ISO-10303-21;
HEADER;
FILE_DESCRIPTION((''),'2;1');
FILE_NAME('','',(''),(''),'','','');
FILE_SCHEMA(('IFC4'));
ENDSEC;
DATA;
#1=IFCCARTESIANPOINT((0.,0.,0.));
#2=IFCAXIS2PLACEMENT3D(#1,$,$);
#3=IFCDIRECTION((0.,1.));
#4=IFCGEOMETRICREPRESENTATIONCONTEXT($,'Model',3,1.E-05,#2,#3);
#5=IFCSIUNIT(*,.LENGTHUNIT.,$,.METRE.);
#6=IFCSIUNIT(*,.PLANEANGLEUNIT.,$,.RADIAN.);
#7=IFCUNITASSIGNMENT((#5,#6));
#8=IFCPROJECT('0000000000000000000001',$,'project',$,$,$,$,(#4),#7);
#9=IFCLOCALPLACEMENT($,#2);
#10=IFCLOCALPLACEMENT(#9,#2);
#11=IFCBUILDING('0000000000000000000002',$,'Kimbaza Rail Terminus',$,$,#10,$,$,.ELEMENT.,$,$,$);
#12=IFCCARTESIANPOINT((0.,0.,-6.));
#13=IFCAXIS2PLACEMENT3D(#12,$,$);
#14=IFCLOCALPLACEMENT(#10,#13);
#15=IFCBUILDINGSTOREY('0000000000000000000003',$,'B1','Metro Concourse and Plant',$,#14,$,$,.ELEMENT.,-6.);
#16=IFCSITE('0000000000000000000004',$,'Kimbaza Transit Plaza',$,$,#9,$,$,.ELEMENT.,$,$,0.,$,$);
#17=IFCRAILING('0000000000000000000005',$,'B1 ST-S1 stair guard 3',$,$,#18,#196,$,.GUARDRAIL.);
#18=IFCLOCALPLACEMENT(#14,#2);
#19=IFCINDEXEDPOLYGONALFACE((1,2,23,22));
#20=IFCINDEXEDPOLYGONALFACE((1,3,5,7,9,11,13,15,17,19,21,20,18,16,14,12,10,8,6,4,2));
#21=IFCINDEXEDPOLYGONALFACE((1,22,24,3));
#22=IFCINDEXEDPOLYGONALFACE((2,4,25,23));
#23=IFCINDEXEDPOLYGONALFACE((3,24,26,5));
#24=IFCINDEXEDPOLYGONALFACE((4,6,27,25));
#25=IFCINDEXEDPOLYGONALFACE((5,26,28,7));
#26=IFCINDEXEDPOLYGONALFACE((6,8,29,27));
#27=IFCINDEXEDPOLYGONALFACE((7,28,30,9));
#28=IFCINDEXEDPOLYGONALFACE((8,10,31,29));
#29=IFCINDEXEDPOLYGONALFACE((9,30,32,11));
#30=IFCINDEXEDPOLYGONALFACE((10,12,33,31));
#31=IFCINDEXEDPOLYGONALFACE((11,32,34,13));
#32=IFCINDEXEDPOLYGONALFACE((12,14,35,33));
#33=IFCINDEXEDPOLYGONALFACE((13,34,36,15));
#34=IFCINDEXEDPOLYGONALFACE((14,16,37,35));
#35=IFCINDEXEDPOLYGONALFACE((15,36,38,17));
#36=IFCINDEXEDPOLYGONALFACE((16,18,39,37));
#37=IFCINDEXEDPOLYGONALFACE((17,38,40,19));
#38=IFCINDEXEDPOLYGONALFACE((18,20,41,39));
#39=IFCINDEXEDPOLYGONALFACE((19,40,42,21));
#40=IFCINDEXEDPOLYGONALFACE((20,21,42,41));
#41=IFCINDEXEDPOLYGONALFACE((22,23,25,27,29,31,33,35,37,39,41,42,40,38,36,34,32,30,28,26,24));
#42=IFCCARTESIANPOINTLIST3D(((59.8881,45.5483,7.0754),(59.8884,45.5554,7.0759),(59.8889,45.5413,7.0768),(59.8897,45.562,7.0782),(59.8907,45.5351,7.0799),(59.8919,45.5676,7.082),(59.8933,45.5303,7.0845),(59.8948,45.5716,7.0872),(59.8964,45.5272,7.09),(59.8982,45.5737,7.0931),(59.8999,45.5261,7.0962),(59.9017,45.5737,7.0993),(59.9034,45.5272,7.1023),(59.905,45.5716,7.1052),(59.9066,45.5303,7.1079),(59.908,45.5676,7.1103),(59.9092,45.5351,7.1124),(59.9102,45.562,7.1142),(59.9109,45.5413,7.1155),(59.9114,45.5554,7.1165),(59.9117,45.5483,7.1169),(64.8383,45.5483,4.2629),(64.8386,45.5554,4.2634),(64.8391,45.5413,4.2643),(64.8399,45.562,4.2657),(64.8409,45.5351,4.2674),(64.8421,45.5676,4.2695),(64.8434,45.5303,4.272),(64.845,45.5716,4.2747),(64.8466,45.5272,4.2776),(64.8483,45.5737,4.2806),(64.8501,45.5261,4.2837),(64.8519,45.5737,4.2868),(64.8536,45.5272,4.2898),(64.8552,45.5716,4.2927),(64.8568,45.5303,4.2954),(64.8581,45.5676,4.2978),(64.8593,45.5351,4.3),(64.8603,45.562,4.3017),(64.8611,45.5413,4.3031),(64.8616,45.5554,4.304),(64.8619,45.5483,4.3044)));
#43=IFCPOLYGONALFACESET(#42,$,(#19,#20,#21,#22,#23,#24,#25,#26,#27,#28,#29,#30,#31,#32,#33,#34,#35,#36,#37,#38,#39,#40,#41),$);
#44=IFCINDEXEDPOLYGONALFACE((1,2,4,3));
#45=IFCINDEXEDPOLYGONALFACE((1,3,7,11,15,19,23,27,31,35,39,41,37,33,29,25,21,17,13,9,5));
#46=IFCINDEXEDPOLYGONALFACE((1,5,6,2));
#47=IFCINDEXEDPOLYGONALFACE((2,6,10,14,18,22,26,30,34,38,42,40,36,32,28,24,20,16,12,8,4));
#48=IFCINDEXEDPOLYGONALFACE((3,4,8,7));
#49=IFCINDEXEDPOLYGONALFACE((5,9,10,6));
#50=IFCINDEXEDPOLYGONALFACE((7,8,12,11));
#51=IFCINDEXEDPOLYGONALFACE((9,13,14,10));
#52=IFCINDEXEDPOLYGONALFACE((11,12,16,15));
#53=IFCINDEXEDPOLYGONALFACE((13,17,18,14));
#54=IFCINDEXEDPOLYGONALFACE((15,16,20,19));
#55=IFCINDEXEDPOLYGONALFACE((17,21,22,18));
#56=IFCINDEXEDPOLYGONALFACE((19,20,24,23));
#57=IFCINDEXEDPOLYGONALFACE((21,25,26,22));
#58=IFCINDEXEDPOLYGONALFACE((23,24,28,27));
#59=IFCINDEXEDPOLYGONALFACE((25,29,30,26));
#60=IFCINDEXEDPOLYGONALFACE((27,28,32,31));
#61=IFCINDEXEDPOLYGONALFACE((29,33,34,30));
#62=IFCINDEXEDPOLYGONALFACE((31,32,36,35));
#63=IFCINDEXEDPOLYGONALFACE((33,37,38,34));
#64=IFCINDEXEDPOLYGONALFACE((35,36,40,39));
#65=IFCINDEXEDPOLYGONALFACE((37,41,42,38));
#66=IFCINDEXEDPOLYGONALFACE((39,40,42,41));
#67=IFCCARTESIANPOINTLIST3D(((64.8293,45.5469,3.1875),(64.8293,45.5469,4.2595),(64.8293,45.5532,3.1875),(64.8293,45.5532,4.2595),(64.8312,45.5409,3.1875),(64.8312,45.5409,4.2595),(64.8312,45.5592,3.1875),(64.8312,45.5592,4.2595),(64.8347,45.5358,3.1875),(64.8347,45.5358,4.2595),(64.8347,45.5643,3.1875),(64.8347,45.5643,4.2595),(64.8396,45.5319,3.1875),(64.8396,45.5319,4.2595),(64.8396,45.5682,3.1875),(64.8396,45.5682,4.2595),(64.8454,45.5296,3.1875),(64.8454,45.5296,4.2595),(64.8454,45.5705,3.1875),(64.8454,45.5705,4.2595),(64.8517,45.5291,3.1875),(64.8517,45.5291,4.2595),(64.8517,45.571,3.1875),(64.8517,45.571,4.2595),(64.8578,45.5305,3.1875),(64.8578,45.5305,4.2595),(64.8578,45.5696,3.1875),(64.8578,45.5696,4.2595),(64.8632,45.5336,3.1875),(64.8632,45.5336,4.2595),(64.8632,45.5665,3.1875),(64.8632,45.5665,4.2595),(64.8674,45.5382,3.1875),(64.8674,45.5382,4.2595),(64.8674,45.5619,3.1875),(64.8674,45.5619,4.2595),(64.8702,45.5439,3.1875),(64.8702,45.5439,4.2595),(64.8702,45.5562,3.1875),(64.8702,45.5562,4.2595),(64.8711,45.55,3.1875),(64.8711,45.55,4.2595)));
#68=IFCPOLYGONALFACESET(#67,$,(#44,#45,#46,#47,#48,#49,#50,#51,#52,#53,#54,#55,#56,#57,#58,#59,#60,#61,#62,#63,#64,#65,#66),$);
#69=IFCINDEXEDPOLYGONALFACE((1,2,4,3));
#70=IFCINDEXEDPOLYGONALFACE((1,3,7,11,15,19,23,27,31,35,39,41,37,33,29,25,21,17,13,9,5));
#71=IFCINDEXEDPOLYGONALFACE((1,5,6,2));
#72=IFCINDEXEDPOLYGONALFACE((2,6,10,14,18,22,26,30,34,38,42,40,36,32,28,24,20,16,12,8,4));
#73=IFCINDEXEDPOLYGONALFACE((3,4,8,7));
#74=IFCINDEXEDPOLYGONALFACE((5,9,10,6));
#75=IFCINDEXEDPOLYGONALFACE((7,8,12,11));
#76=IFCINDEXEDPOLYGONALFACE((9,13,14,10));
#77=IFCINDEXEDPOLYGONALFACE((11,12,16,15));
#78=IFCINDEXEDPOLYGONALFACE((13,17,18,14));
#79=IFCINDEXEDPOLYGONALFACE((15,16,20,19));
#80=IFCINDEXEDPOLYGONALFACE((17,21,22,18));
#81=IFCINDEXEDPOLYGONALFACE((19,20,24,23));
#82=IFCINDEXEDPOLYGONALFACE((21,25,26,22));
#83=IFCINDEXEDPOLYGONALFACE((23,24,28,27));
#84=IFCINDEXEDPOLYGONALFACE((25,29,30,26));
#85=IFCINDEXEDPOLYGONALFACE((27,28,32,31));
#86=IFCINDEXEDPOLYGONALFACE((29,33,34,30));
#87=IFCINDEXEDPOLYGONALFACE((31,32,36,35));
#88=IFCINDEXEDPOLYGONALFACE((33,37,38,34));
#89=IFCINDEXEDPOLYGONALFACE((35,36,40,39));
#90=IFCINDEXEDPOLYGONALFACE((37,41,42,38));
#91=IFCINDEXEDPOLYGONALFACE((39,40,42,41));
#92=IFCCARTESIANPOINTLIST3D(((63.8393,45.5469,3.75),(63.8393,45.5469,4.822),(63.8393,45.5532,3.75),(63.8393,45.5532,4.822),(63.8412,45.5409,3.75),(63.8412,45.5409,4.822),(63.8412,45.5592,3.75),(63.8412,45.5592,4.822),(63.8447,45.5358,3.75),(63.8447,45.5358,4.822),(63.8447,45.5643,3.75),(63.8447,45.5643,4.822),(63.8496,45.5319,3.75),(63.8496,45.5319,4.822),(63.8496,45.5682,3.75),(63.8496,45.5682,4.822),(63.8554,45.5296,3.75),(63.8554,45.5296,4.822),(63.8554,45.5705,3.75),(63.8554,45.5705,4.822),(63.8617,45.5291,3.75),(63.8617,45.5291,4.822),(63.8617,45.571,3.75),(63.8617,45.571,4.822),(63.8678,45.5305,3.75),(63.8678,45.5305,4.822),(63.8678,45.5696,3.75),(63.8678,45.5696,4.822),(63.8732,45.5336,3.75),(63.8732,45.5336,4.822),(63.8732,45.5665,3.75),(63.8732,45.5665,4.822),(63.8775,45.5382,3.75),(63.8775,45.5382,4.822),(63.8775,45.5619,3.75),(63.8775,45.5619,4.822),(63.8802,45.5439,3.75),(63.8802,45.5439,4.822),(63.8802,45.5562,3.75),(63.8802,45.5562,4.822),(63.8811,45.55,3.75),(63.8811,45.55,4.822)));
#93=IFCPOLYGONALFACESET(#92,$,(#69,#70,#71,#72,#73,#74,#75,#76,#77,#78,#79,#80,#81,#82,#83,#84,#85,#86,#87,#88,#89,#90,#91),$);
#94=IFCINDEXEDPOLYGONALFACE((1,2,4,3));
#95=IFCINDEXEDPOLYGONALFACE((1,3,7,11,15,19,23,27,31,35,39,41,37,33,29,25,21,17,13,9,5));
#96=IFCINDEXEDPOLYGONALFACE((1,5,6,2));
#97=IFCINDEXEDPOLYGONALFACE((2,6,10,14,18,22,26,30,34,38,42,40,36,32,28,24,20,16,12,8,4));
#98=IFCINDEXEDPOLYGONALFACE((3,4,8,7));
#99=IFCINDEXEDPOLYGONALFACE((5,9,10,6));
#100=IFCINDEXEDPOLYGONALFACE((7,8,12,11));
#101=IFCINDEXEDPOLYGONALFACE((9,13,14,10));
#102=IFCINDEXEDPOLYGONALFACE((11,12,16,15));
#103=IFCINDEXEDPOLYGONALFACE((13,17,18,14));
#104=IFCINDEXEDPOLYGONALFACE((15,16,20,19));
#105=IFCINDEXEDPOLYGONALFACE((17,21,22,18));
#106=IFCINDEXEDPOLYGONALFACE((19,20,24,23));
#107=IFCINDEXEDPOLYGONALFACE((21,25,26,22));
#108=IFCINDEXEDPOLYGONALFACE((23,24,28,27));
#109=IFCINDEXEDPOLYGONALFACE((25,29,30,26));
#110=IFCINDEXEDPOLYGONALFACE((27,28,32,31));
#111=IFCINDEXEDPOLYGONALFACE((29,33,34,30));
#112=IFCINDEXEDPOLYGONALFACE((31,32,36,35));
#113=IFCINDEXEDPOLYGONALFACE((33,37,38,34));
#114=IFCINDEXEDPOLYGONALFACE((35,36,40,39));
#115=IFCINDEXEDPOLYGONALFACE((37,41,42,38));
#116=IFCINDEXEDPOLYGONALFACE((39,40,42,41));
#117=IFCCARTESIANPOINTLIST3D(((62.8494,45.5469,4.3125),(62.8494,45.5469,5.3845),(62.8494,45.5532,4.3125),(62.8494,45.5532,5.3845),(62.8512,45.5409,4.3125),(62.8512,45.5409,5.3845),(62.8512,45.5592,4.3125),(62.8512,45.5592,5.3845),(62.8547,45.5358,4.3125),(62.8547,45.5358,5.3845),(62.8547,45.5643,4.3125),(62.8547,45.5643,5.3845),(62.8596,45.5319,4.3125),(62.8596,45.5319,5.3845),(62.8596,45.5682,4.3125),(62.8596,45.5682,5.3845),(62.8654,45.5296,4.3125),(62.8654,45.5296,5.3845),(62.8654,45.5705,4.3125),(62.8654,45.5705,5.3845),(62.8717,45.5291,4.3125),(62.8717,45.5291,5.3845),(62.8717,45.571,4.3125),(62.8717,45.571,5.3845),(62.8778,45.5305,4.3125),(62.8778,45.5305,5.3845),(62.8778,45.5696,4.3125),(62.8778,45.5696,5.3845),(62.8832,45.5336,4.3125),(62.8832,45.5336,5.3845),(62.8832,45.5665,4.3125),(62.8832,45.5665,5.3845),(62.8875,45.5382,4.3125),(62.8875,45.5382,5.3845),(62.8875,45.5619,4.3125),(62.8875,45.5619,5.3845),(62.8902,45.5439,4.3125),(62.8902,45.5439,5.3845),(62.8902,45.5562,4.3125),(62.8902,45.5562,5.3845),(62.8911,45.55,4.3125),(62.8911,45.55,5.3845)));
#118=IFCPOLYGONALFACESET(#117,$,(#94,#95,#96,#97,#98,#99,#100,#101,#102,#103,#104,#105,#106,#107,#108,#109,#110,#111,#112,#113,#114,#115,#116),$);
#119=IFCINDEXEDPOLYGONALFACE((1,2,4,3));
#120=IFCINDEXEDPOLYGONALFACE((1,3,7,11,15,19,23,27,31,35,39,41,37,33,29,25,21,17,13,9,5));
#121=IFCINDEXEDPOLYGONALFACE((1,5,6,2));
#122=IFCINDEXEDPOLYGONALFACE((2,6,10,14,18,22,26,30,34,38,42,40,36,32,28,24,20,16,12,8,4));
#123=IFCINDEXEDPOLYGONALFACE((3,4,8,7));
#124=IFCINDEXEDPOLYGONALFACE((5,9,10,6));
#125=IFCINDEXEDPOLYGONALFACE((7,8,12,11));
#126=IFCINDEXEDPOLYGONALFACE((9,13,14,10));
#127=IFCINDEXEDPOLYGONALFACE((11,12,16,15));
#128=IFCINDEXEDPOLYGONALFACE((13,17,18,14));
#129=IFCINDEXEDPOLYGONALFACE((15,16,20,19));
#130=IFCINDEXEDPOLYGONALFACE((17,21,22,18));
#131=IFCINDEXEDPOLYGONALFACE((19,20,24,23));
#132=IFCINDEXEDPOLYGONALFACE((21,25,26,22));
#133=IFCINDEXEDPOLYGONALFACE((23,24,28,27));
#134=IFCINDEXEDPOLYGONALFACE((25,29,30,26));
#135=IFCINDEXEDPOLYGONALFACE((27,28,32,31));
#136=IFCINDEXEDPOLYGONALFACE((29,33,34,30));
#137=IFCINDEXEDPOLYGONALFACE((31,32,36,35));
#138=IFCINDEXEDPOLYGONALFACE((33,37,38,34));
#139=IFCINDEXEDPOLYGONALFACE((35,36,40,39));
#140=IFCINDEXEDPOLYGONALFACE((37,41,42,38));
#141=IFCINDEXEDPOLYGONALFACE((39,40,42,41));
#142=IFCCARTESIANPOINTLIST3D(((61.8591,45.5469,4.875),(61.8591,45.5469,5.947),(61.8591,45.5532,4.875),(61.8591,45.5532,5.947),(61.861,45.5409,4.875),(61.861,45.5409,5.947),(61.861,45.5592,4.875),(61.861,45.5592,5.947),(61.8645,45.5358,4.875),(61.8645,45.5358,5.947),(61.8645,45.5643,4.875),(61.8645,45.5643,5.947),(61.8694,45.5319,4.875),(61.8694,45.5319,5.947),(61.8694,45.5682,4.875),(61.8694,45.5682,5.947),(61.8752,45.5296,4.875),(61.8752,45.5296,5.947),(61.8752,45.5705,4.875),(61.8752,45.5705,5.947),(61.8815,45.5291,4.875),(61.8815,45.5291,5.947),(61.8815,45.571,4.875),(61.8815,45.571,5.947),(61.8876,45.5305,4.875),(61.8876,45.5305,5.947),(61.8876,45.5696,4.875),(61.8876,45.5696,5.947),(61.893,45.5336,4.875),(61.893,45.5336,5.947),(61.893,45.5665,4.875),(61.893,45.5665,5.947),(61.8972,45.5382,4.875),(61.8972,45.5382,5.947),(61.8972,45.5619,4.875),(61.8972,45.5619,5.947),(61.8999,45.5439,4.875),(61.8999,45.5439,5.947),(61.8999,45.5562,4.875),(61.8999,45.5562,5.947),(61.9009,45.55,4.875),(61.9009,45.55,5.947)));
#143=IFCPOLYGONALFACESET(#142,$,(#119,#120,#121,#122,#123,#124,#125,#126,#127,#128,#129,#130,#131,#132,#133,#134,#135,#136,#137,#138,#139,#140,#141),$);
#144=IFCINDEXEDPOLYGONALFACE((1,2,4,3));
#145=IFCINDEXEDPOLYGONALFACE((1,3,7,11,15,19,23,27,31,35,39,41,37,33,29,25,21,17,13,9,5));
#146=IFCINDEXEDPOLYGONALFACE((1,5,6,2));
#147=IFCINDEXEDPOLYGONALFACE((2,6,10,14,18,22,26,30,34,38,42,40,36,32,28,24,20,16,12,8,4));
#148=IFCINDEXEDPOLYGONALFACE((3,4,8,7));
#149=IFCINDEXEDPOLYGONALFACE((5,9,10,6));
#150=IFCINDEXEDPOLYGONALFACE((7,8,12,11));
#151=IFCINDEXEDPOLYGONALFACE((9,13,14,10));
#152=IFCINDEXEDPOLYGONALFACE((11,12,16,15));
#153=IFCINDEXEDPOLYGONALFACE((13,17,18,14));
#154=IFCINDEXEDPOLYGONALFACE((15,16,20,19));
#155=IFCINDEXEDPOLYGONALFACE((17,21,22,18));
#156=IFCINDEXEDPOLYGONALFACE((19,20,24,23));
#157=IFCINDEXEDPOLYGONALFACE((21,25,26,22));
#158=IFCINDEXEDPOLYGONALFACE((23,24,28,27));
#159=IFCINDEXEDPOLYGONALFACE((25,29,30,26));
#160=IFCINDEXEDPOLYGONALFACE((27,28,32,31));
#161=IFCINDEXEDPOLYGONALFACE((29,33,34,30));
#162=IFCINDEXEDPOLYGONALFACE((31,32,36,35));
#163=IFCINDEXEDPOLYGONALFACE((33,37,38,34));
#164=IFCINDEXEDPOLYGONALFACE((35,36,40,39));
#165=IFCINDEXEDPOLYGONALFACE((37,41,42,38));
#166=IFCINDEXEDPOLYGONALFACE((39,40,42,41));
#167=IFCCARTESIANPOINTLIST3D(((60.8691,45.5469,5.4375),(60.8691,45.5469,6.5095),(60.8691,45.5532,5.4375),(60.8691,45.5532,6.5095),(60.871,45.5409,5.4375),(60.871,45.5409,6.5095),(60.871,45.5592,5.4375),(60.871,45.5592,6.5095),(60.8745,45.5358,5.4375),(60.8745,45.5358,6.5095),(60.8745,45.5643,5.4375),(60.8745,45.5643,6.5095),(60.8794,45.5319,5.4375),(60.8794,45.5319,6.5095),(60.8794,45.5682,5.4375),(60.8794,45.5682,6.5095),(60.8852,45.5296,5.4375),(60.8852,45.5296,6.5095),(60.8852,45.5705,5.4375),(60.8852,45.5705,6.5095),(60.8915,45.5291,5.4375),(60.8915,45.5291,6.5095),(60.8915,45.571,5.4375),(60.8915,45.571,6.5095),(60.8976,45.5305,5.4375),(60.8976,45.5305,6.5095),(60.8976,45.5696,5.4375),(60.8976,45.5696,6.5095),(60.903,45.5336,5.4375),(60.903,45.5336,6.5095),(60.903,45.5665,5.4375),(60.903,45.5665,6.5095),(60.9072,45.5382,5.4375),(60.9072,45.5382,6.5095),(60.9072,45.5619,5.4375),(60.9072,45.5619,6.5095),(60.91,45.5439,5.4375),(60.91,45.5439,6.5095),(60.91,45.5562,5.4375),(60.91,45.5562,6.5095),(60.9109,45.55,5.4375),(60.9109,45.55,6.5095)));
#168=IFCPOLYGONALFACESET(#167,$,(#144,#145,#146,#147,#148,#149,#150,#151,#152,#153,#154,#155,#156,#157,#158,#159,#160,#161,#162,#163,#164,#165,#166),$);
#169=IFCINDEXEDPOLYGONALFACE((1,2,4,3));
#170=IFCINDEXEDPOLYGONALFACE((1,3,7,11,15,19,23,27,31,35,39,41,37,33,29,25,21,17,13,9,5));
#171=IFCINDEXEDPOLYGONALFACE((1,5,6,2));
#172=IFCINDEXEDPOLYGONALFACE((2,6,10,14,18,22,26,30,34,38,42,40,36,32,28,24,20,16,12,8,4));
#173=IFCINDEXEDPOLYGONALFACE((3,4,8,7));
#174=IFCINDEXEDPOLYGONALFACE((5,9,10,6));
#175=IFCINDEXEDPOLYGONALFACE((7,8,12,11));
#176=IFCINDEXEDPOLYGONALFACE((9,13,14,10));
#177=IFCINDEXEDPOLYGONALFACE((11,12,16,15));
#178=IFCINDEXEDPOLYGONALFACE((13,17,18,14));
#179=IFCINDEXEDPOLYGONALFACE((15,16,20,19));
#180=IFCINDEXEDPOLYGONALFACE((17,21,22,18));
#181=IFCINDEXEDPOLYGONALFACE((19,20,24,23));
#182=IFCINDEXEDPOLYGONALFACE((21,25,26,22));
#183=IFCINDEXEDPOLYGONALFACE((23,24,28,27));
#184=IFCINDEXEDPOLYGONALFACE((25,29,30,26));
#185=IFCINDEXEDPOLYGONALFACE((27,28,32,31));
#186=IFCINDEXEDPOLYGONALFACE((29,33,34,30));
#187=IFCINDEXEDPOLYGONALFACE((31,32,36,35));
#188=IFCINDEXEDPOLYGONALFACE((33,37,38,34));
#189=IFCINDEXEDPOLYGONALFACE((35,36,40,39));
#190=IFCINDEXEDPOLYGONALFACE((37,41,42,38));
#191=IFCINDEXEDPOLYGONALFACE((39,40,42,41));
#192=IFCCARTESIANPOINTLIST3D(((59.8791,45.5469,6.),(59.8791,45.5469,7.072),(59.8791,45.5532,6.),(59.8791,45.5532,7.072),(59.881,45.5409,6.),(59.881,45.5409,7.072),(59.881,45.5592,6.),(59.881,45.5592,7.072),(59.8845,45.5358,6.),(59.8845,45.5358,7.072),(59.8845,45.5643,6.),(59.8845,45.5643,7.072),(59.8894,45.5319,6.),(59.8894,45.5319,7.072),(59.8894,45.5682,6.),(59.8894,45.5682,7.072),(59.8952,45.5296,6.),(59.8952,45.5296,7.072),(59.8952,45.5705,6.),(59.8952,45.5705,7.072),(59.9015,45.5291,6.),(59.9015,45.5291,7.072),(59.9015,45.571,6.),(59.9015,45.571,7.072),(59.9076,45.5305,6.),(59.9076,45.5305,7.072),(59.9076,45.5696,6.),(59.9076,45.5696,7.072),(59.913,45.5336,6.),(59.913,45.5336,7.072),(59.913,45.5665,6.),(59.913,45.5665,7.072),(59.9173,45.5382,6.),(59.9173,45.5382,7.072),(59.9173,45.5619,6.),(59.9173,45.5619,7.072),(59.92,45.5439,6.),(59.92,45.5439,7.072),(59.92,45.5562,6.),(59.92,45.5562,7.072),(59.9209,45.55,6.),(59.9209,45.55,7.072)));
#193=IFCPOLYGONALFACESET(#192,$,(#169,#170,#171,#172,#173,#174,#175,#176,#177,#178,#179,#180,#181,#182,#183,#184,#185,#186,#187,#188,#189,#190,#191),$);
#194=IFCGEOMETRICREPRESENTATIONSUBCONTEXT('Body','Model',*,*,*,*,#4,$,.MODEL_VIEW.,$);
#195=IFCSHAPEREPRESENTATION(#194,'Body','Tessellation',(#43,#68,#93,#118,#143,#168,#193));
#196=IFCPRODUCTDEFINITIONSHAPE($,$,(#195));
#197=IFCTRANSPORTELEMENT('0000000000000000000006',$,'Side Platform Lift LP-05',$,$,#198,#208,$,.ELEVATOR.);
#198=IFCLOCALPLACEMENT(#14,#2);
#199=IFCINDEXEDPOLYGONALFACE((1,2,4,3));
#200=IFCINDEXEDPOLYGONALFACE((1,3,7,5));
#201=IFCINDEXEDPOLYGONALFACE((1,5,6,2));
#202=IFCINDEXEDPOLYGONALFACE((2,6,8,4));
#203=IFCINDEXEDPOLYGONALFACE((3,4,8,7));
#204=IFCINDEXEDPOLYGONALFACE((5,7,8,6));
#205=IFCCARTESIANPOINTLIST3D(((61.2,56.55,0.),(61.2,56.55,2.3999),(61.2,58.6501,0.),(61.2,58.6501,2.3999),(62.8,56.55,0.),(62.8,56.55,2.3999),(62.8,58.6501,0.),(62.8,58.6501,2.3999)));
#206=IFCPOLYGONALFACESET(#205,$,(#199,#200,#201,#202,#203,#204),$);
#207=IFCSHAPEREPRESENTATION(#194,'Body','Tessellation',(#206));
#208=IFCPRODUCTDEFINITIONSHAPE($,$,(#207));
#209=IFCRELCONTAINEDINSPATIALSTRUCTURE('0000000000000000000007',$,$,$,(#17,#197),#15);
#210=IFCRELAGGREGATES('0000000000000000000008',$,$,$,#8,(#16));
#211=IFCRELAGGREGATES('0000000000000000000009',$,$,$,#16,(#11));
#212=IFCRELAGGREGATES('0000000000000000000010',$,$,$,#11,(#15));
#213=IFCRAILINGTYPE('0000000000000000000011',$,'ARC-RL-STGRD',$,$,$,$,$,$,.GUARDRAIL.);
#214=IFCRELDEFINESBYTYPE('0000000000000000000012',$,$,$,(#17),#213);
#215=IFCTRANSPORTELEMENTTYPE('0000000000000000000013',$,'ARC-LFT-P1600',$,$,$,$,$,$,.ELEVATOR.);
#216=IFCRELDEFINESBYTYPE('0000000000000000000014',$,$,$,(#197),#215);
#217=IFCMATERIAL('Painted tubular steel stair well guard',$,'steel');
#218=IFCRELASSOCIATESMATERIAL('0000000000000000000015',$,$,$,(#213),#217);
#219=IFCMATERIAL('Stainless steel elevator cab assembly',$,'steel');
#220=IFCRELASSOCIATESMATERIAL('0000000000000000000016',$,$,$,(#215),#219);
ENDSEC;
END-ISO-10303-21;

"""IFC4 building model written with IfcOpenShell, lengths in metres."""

from ifc_helpers import new_model, si_unit, direction, frame, origin, origin_2d, place, context, subcontext, project, spatial, rectangle, circle, extrude, material, type_object, element, save


model = new_model("IFC4")

# Units and contexts
model_context = context("Model", 3, precision=1e-05, world=origin(), true_north=direction((0.0, 1.0)))
body_context = subcontext(model_context, "Body", "Model", "MODEL_VIEW")
ifc_project = project(units=[si_unit("LENGTHUNIT", "METRE"), si_unit("PLANEANGLEUNIT", "RADIAN")], contexts=[model_context])

# Site, building, storey
site_placement = place(None, origin())
site = spatial("IfcSite", under=ifc_project, at=site_placement, Name="Kimbaza Transit Plaza", CompositionType="ELEMENT", RefElevation=0.0)
building_placement = place(site_placement, origin())
building = spatial("IfcBuilding", under=site, at=building_placement, Name="Kimbaza Rail Terminus", CompositionType="ELEMENT")
storey_placement = place(building_placement, frame((0.0, 0.0, -6.0)))
storey = spatial("IfcBuildingStorey", under=building, at=storey_placement, Name="B1", Description="Metro Concourse and Plant", CompositionType="ELEMENT", Elevation=-6.0)

# Railing
ifc_material_1 = material(Name="Painted tubular steel stair well guard", Category="steel")
railing_type_1 = type_object("IfcRailingType", Name="ARC-RL-STGRD", PredefinedType="GUARDRAIL", material=ifc_material_1)
railing_1_placement = place(storey_placement, frame((64.8501, 45.55, 3.1875)))
element("IfcRailing", 1, at=railing_1_placement, inside=storey, type_object=railing_type_1, Name="B1 ST-S1 stair guard 3", PredefinedType="GUARDRAIL", context=body_context, shape_type="SweptSolid", body=[
    extrude(circle(Radius=0.0239, at=origin_2d()), frame((0.0, 0.0, 1.0962), z_axis=(-0.869465, 0.0, 0.493995), x_axis=(0.0, -1.0, 0.0)), (0.0, 0.0, 1.0), 5.6934),
    extrude(circle(Radius=0.021, at=origin_2d()), origin(), (0.0, 0.0, 1.0), 1.072),
    extrude(circle(Radius=0.021, at=origin_2d()), frame((-0.99, 0.0, 0.5625)), (0.0, 0.0, 1.0), 1.072),
    extrude(circle(Radius=0.021, at=origin_2d()), frame((-1.98, 0.0, 1.125)), (0.0, 0.0, 1.0), 1.072),
    extrude(circle(Radius=0.021, at=origin_2d()), frame((-2.9702, 0.0, 1.6875)), (0.0, 0.0, 1.0), 1.072),
    extrude(circle(Radius=0.021, at=origin_2d()), frame((-3.9602, 0.0, 2.25)), (0.0, 0.0, 1.0), 1.072),
    extrude(circle(Radius=0.021, at=origin_2d()), frame((-4.9502, 0.0, 2.8125)), (0.0, 0.0, 1.0), 1.072),
])

# Transport element
ifc_material_2 = material(Name="Stainless steel elevator cab assembly", Category="steel")
transport_element_type = type_object("IfcTransportElementType", Name="ARC-LFT-P1600", PredefinedType="ELEVATOR", material=ifc_material_2)
transport_element_placement = place(storey_placement, frame((62.0, 57.6001, 0.0), z_axis=(0.0, 0.0, 1.0), x_axis=(1.0, 0.0, 0.0)))
element("IfcTransportElement", 2, at=transport_element_placement, inside=storey, type_object=transport_element_type, Name="Side Platform Lift LP-05", PredefinedType="ELEVATOR", context=body_context, shape_type="SweptSolid", body=[
    extrude(rectangle(XDim=1.6001, YDim=2.1001, at=origin_2d()), origin(), (0.0, 0.0, 1.0), 2.3999),
])

save(model, "model.ifc")
